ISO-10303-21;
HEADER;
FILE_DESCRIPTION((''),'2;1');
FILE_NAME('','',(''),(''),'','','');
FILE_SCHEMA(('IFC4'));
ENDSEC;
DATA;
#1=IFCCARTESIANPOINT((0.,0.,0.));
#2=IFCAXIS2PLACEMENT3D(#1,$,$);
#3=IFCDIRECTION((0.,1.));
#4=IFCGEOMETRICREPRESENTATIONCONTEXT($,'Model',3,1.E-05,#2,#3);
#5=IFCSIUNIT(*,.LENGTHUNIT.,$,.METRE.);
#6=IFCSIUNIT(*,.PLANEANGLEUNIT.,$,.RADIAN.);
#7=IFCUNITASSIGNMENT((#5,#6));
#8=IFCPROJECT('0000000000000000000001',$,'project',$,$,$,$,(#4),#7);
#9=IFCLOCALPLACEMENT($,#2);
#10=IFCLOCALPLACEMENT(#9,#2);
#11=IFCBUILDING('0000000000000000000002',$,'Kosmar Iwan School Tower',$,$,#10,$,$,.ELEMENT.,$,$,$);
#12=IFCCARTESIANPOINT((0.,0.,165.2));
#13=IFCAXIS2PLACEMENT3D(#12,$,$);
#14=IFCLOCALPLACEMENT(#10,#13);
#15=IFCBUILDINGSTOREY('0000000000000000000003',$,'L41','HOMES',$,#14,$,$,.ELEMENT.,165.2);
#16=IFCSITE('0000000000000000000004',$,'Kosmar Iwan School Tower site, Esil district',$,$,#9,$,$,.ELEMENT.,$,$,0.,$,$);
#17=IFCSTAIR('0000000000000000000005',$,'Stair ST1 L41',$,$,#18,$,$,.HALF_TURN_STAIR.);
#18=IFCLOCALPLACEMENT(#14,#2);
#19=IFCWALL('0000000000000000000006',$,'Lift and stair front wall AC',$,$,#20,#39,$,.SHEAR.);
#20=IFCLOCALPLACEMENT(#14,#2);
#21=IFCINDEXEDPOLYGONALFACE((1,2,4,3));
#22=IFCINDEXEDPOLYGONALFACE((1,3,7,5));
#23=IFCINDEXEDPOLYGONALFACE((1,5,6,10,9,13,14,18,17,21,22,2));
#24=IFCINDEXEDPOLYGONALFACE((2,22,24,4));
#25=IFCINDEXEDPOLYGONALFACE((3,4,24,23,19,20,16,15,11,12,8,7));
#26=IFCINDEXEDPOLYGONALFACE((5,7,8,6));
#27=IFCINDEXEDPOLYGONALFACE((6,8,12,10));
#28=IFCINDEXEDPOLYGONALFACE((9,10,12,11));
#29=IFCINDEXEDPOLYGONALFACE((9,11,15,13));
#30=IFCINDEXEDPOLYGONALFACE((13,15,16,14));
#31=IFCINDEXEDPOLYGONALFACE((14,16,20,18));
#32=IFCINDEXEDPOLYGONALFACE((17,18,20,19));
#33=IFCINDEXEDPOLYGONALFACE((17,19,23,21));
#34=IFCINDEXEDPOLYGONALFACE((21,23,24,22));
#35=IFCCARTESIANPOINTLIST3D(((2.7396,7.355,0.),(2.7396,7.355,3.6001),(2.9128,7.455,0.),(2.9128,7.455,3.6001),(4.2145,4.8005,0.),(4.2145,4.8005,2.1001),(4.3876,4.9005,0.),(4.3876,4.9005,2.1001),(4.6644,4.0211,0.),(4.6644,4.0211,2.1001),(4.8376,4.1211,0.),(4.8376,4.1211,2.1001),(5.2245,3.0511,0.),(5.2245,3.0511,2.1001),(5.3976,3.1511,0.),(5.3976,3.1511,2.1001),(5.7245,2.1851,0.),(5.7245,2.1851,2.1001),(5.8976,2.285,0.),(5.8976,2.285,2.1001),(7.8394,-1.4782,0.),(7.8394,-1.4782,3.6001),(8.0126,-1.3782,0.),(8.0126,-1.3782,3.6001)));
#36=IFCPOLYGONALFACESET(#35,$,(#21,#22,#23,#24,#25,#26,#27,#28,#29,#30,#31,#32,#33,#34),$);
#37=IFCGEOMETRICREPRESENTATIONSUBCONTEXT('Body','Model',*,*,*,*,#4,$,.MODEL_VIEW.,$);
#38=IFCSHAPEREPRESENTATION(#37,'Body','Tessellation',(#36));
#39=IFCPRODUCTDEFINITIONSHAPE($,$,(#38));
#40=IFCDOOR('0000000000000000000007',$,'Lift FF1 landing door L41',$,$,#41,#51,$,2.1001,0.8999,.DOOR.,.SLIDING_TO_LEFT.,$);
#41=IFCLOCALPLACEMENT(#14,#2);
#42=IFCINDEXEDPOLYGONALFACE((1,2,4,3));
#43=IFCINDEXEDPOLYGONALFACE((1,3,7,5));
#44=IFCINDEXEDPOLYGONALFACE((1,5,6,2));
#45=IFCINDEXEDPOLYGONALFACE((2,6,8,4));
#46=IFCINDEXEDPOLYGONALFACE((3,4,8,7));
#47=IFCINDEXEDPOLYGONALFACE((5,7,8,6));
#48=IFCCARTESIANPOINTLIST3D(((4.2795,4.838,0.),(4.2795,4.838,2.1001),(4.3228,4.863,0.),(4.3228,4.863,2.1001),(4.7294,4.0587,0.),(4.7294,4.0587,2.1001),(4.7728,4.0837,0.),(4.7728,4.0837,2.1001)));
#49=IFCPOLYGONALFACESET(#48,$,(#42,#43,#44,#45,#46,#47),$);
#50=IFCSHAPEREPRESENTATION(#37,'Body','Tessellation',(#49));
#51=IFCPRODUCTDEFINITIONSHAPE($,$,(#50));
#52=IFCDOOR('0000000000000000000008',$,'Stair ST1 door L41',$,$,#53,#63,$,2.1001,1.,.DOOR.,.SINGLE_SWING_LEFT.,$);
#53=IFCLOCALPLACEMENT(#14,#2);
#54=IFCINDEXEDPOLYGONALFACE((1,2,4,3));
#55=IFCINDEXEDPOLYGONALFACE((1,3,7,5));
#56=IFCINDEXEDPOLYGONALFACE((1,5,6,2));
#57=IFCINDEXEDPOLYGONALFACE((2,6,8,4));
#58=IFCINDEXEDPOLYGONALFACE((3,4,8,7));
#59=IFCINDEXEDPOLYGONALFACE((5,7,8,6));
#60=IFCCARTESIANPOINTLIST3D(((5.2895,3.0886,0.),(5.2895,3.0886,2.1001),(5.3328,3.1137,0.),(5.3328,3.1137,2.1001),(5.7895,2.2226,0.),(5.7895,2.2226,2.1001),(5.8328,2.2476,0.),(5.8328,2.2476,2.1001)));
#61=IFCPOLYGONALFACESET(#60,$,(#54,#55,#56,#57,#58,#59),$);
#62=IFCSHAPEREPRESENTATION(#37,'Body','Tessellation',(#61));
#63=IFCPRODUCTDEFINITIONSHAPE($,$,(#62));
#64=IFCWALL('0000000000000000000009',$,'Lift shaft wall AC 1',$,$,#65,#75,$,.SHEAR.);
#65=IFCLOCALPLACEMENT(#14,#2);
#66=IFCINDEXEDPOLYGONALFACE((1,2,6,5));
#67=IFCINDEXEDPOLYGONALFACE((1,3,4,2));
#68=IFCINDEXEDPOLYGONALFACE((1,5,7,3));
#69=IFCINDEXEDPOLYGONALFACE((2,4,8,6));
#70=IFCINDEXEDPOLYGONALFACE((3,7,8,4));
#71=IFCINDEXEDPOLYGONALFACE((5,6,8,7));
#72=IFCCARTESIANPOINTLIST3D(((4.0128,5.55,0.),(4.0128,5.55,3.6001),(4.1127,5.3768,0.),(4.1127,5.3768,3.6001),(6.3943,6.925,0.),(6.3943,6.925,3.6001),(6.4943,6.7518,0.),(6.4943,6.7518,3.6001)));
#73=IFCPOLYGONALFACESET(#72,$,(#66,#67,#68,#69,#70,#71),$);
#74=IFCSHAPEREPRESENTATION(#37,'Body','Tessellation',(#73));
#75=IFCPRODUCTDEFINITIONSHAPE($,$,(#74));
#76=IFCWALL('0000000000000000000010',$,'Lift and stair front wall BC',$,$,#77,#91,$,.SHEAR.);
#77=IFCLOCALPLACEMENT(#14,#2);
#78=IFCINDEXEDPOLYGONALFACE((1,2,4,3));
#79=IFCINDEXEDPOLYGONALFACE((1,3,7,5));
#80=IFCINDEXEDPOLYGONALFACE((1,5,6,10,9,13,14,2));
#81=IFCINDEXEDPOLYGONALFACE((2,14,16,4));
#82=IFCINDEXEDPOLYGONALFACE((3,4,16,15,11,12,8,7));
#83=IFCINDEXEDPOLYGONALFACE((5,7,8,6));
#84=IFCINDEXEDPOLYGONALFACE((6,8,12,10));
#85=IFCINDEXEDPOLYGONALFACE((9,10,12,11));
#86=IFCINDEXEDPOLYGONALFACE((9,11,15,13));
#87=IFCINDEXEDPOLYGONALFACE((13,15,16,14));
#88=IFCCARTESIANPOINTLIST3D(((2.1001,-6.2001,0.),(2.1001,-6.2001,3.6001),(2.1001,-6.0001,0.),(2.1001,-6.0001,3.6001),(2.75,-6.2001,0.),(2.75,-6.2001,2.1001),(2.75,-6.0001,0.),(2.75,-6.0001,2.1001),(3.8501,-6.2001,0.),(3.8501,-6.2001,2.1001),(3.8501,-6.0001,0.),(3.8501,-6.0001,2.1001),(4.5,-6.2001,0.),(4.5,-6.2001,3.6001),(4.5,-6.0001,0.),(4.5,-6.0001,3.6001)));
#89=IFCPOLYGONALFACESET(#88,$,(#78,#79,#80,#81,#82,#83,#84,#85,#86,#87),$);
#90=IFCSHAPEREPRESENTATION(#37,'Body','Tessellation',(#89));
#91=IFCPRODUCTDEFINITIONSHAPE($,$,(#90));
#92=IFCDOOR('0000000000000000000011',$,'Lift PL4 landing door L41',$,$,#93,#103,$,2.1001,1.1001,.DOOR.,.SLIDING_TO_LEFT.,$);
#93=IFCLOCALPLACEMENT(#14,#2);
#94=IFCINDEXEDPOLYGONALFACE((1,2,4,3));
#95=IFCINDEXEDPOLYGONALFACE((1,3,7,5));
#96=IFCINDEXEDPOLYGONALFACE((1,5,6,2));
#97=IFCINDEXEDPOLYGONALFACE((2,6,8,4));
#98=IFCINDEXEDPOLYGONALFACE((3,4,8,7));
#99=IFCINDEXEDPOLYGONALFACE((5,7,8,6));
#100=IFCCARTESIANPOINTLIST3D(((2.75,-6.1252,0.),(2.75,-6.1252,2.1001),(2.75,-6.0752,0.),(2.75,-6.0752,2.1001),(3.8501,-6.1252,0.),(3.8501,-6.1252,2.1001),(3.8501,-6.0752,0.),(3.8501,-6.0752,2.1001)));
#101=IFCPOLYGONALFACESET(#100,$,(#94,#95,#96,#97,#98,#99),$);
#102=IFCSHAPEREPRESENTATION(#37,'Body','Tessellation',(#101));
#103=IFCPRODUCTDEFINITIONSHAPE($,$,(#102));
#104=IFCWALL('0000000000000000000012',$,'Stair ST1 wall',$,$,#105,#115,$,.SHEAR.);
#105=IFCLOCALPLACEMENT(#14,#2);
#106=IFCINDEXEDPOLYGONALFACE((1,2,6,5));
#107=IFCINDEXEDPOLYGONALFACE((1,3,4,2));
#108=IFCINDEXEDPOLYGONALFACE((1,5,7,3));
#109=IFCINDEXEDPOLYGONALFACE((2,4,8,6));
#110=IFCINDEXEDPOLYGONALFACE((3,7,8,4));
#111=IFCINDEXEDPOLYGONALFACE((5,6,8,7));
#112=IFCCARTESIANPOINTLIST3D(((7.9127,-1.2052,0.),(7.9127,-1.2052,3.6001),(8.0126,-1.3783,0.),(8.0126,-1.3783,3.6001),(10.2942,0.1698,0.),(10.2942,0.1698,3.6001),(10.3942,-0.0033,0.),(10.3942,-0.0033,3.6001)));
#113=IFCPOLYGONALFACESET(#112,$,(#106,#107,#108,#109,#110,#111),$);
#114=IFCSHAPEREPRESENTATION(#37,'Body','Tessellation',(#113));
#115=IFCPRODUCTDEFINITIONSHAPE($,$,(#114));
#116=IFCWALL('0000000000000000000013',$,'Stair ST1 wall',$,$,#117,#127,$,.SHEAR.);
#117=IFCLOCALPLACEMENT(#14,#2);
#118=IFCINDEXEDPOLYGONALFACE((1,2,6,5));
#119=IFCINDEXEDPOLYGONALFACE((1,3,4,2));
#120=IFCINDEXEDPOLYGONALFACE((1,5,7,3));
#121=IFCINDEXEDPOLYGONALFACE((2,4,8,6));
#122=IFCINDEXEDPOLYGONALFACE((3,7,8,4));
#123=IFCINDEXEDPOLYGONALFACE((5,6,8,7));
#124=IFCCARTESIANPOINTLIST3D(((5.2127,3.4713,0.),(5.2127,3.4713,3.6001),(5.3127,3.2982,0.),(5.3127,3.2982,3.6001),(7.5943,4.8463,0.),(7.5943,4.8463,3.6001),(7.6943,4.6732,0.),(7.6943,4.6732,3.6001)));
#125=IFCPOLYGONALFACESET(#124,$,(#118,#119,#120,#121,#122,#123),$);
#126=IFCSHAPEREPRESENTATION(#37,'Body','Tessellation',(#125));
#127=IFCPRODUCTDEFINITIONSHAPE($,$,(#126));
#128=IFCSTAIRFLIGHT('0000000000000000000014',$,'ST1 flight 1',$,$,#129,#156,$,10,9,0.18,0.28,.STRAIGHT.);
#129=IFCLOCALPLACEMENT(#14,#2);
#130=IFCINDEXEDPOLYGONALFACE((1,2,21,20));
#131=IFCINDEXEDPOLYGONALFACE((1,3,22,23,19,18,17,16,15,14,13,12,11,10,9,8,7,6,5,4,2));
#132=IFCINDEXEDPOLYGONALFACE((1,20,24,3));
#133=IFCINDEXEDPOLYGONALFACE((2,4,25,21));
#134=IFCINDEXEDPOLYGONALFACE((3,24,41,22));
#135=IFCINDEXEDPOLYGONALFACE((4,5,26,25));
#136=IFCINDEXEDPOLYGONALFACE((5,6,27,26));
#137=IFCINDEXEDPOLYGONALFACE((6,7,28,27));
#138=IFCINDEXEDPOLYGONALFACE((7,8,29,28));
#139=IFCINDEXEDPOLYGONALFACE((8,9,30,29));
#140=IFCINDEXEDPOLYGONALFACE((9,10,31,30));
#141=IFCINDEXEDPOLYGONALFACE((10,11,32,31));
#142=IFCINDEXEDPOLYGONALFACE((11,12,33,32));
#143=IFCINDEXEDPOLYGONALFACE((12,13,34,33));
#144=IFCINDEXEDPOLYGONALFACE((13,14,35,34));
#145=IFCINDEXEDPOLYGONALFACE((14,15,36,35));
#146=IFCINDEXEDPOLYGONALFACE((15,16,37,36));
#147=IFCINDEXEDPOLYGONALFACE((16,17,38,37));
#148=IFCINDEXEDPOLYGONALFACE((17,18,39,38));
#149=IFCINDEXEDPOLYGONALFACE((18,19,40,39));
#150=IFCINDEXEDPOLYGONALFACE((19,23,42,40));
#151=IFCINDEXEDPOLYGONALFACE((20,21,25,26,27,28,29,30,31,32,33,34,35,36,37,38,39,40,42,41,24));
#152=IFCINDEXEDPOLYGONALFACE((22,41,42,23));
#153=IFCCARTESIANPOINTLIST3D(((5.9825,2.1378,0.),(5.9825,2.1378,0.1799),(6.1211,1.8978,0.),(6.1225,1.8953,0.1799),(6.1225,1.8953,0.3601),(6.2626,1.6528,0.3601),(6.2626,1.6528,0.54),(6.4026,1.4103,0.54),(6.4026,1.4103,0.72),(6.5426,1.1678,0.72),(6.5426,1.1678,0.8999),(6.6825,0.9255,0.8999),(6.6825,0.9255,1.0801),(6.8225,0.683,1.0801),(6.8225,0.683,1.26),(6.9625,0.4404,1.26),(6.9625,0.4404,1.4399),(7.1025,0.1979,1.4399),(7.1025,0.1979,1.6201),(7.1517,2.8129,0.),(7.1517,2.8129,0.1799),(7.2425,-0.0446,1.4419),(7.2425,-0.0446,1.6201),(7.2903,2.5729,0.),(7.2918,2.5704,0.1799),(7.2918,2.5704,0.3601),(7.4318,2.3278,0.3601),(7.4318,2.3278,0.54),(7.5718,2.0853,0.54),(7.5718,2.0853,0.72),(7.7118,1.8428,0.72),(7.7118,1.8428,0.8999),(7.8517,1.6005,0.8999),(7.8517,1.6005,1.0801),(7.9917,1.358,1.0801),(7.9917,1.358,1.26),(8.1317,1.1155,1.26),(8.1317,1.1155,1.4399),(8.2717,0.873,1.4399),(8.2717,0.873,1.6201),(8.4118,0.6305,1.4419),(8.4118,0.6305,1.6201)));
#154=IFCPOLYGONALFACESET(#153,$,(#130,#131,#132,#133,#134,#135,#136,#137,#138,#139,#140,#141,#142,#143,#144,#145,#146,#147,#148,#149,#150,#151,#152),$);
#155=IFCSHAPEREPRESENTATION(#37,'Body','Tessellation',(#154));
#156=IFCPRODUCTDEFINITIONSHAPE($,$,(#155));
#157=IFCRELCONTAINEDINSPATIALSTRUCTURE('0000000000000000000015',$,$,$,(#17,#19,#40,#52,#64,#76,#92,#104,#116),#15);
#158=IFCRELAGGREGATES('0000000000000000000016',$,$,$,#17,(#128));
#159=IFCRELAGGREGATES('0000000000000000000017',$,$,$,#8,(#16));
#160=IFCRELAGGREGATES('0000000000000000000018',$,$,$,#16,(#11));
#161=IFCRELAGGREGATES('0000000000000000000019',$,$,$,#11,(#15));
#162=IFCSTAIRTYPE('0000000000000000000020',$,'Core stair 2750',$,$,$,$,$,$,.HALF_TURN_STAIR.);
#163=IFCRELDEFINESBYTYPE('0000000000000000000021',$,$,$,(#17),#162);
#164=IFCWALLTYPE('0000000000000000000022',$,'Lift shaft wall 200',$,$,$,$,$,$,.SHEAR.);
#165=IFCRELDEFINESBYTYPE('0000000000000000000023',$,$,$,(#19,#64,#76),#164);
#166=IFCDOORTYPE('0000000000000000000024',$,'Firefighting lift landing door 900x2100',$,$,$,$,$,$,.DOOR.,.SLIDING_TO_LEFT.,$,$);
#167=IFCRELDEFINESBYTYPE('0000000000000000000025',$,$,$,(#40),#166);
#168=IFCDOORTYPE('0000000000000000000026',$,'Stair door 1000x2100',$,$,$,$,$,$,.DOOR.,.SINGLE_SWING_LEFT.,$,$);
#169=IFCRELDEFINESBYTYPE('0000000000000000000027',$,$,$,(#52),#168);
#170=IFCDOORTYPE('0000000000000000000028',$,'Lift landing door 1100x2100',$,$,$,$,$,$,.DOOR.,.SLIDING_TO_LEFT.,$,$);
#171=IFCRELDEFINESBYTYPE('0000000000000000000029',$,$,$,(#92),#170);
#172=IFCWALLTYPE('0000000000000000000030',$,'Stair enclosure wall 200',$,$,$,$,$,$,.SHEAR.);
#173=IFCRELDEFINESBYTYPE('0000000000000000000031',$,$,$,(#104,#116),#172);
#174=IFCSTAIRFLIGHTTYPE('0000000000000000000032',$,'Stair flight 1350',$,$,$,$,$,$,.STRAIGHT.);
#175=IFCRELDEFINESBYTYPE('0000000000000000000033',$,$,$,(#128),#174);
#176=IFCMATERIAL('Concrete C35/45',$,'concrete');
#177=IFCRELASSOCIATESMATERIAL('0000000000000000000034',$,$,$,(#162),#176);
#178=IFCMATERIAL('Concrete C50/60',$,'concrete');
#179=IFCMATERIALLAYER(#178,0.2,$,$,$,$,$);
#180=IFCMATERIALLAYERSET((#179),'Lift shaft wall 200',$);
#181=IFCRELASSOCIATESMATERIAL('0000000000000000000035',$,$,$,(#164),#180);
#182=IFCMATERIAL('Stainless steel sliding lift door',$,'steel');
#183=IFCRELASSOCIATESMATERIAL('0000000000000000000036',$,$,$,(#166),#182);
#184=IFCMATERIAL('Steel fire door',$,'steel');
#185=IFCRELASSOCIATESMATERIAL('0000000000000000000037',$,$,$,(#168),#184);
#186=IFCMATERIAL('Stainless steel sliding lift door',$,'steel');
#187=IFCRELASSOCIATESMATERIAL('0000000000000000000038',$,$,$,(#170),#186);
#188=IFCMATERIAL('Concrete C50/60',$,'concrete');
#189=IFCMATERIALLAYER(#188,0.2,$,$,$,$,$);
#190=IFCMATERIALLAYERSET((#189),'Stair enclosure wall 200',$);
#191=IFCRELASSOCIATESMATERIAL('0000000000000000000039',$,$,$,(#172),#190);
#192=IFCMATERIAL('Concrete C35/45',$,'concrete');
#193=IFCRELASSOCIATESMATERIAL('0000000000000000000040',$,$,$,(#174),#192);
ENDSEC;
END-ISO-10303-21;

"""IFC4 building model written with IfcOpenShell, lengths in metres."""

from ifc_helpers import new_model, si_unit, direction, frame, frame_2d, origin, place, context, subcontext, project, spatial, polyline, rectangle, outline, extrude, material, layer, layer_set, type_object, element, fill, aggregate, save


model = new_model("IFC4")

# Units and contexts
model_context = context("Model", 3, precision=1e-05, world=origin(), true_north=direction((0.0, 1.0)))
body_context = subcontext(model_context, "Body", "Model", "MODEL_VIEW")
ifc_project = project(units=[si_unit("LENGTHUNIT", "METRE"), si_unit("PLANEANGLEUNIT", "RADIAN")], contexts=[model_context])

# Site, building, storey
site_placement = place(None, origin())
site = spatial("IfcSite", under=ifc_project, at=site_placement, Name="Kosmar Iwan School Tower site, Esil district", CompositionType="ELEMENT", RefElevation=0.0)
building_placement = place(site_placement, origin())
building = spatial("IfcBuilding", under=site, at=building_placement, Name="Kosmar Iwan School Tower", CompositionType="ELEMENT")
storey_placement = place(building_placement, frame((0.0, 0.0, 165.2)))
storey = spatial("IfcBuildingStorey", under=building, at=storey_placement, Name="L41", Description="HOMES", CompositionType="ELEMENT", Elevation=165.2)

# Stair
ifc_material_1 = material(Name="Concrete C35/45", Category="concrete")
stair_type_1 = type_object("IfcStairType", Name="Core stair 2750", PredefinedType="HALF_TURN_STAIR", material=ifc_material_1)
stair_1_placement = place(storey_placement, origin())
stair_1 = element("IfcStair", 1, at=stair_1_placement, inside=storey, type_object=stair_type_1, Name="Stair ST1 L41", PredefinedType="HALF_TURN_STAIR")

# Wall, openings, doors
ifc_material_2 = material(Name="Concrete C50/60", Category="concrete")
ifc_layer_1 = layer(ifc_material_2, 0.2)
ifc_layer_set_1 = layer_set([ifc_layer_1], Name="Lift shaft wall 200")
wall_type_1 = type_object("IfcWallType", Name="Lift shaft wall 200", PredefinedType="SHEAR", material=ifc_layer_set_1)
wall_1_placement = place(storey_placement, frame((7.926, -1.4282, 0.0), z_axis=(0.0, 0.0, 1.0), x_axis=(-0.499998, 0.866027, 0.0)))
wall_1 = element("IfcWall", 2, at=wall_1_placement, inside=storey, type_object=wall_type_1, Name="Lift and stair front wall AC", PredefinedType="SHEAR", context=body_context, shape_type="SweptSolid", body=[
    extrude(rectangle(XDim=10.1997, YDim=0.2, at=frame_2d((5.0999, 0.0))), origin(), (0.0, 0.0, 1.0), 3.6001),
])
opening_1_placement = place(wall_1_placement, frame((6.3501, 0.0, 0.0)))
opening_1 = element("IfcOpeningElement", 3, at=opening_1_placement, cuts=wall_1, PredefinedType="OPENING", context=body_context, shape_type="SweptSolid", body=[
    extrude(rectangle(XDim=0.8999, YDim=2.1001, at=frame_2d((0.45, 1.05))), frame((0.0, 0.1121, 0.0), z_axis=(0.0, -1.0, 0.0), x_axis=(1.0, 0.0, 0.0)), (0.0, 0.0, 1.0), 0.2239),
])
opening_2_placement = place(wall_1_placement, frame((4.23, 0.0, 0.0)))
opening_2 = element("IfcOpeningElement", 4, at=opening_2_placement, cuts=wall_1, PredefinedType="OPENING", context=body_context, shape_type="SweptSolid", body=[
    extrude(rectangle(XDim=1.0, YDim=2.1001, at=frame_2d((0.5, 1.05))), frame((0.0, 0.1121, 0.0), z_axis=(0.0, -1.0, 0.0), x_axis=(1.0, 0.0, 0.0)), (0.0, 0.0, 1.0), 0.2239),
])
ifc_material_3 = material(Name="Stainless steel sliding lift door", Category="steel")
door_type_1 = type_object("IfcDoorType", Name="Firefighting lift landing door 900x2100", OperationType="SLIDING_TO_LEFT", PredefinedType="DOOR", material=ifc_material_3)
door_1_placement = place(opening_1_placement, origin())
door_1 = element("IfcDoor", 5, at=door_1_placement, inside=storey, type_object=door_type_1, Name="Lift FF1 landing door L41", OperationType="SLIDING_TO_LEFT", OverallHeight=2.1001, OverallWidth=0.8999, PredefinedType="DOOR", context=body_context, shape_type="SweptSolid", body=[
    extrude(rectangle(XDim=0.8999, YDim=2.1001, at=frame_2d((0.45, 1.05))), frame((0.0, 0.0249, 0.0), z_axis=(0.0, -1.0, 0.0), x_axis=(1.0, 0.0, 0.0)), (0.0, 0.0, 1.0), 0.05),
])
fill(opening_1, door_1)
ifc_material_4 = material(Name="Steel fire door", Category="steel")
door_type_2 = type_object("IfcDoorType", Name="Stair door 1000x2100", OperationType="SINGLE_SWING_LEFT", PredefinedType="DOOR", material=ifc_material_4)
door_2_placement = place(opening_2_placement, origin())
door_2 = element("IfcDoor", 6, at=door_2_placement, inside=storey, type_object=door_type_2, Name="Stair ST1 door L41", OperationType="SINGLE_SWING_LEFT", OverallHeight=2.1001, OverallWidth=1.0, PredefinedType="DOOR", context=body_context, shape_type="SweptSolid", body=[
    extrude(rectangle(XDim=1.0, YDim=2.1001, at=frame_2d((0.5, 1.05))), frame((0.0, 0.0249, 0.0), z_axis=(0.0, -1.0, 0.0), x_axis=(1.0, 0.0, 0.0)), (0.0, 0.0, 1.0), 0.05),
])
fill(opening_2, door_2)

# Wall
wall_2_placement = place(storey_placement, frame((4.0627, 5.4634, 0.0), z_axis=(0.0, 0.0, 1.0), x_axis=(0.866027, 0.499997, 0.0)))
element("IfcWall", 7, at=wall_2_placement, inside=storey, type_object=wall_type_1, Name="Lift shaft wall AC 1", PredefinedType="SHEAR", context=body_context, shape_type="SweptSolid", body=[
    extrude(rectangle(XDim=2.75, YDim=0.2, at=frame_2d((1.375, 0.0))), origin(), (0.0, 0.0, 1.0), 3.6001),
])

# Wall, opening, door
wall_3_placement = place(storey_placement, frame((2.1001, -6.1001, 0.0), z_axis=(0.0, 0.0, 1.0), x_axis=(1.0, 0.0, 0.0)))
wall_3 = element("IfcWall", 8, at=wall_3_placement, inside=storey, type_object=wall_type_1, Name="Lift and stair front wall BC", PredefinedType="SHEAR", context=body_context, shape_type="SweptSolid", body=[
    extrude(rectangle(XDim=2.3999, YDim=0.2, at=frame_2d((1.2, 0.0))), origin(), (0.0, 0.0, 1.0), 3.6001),
])
opening_3_placement = place(wall_3_placement, frame((0.6499, 0.0, 0.0)))
opening_3 = element("IfcOpeningElement", 9, at=opening_3_placement, cuts=wall_3, PredefinedType="OPENING", context=body_context, shape_type="SweptSolid", body=[
    extrude(rectangle(XDim=1.1001, YDim=2.1001, at=frame_2d((0.55, 1.05))), frame((0.0, 0.1121, 0.0), z_axis=(0.0, -1.0, 0.0), x_axis=(1.0, 0.0, 0.0)), (0.0, 0.0, 1.0), 0.2239),
])
ifc_material_5 = material(Name="Stainless steel sliding lift door", Category="steel")
door_type_3 = type_object("IfcDoorType", Name="Lift landing door 1100x2100", OperationType="SLIDING_TO_LEFT", PredefinedType="DOOR", material=ifc_material_5)
door_3_placement = place(opening_3_placement, origin())
door_3 = element("IfcDoor", 10, at=door_3_placement, inside=storey, type_object=door_type_3, Name="Lift PL4 landing door L41", OperationType="SLIDING_TO_LEFT", OverallHeight=2.1001, OverallWidth=1.1001, PredefinedType="DOOR", context=body_context, shape_type="SweptSolid", body=[
    extrude(rectangle(XDim=1.1001, YDim=2.1001, at=frame_2d((0.55, 1.05))), frame((0.0, 0.0249, 0.0), z_axis=(0.0, -1.0, 0.0), x_axis=(1.0, 0.0, 0.0)), (0.0, 0.0, 1.0), 0.05),
])
fill(opening_3, door_3)

# Walls
ifc_material_6 = material(Name="Concrete C50/60", Category="concrete")
ifc_layer_2 = layer(ifc_material_6, 0.2)
ifc_layer_set_2 = layer_set([ifc_layer_2], Name="Stair enclosure wall 200")
wall_type_2 = type_object("IfcWallType", Name="Stair enclosure wall 200", PredefinedType="SHEAR", material=ifc_layer_set_2)
for number, where, z_axis, x_axis, name in (
    (11, (7.9626, -1.2917, 0.0), (0.0, 0.0, 1.0), (0.866027, 0.499997, 0.0), "Stair ST1 wall"),
    (12, (5.2627, 3.3848, 0.0), (0.0, 0.0, 1.0), (0.866027, 0.499997, 0.0), "Stair ST1 wall"),
):
    element("IfcWall", number, at=place(storey_placement, frame(where, z_axis=z_axis, x_axis=x_axis)), inside=storey, type_object=wall_type_2, Name=name, PredefinedType="SHEAR", context=body_context, shape_type="SweptSolid", body=[
        extrude(rectangle(XDim=2.75, YDim=0.2, at=frame_2d((1.375, 0.0))), origin(), (0.0, 0.0, 1.0), 3.6001),
    ])

# Stair flight
ifc_material_7 = material(Name="Concrete C35/45", Category="concrete")
stair_flight_type = type_object("IfcStairFlightType", Name="Stair flight 1350", PredefinedType="STRAIGHT", material=ifc_material_7)
stair_flight_1_placement = place(storey_placement, frame((6.5671, 2.4753, 0.0), z_axis=(0.0, 0.0, 1.0), x_axis=(0.5, -0.866025, 0.0)))
stair_flight_1 = element("IfcStairFlight", 13, at=stair_flight_1_placement, type_object=stair_flight_type, Name="ST1 flight 1", NumberOfRisers=10, NumberOfTreads=9, PredefinedType="STRAIGHT", RiserHeight=0.18, TreadLength=0.28, context=body_context, shape_type="SweptSolid", body=[
    extrude(outline(polyline([(0.0, 0.0), (0.0, 0.1799), (0.28, 0.1799), (0.28, 0.3601), (0.5601, 0.3601), (0.5601, 0.54), (0.8401, 0.54), (0.8401, 0.72), (1.1201, 0.72), (1.1201, 0.8999), (1.3999, 0.8999), (1.3999, 1.0801), (1.6799, 1.0801), (1.6799, 1.26), (1.96, 1.26), (1.96, 1.4399), (2.24, 1.4399), (2.24, 1.6201), (2.52, 1.6201), (2.52, 1.8), (2.52, 1.4419), (0.2771, 0.0), (0.0, 0.0)])), frame((0.0, 0.675, 0.0), z_axis=(0.0, -1.0, 0.0), x_axis=(1.0, 0.0, 0.0)), (0.0, 0.0, 1.0), 1.3501),
])
aggregate(stair_1, [stair_flight_1])

save(model, "model.ifc")
